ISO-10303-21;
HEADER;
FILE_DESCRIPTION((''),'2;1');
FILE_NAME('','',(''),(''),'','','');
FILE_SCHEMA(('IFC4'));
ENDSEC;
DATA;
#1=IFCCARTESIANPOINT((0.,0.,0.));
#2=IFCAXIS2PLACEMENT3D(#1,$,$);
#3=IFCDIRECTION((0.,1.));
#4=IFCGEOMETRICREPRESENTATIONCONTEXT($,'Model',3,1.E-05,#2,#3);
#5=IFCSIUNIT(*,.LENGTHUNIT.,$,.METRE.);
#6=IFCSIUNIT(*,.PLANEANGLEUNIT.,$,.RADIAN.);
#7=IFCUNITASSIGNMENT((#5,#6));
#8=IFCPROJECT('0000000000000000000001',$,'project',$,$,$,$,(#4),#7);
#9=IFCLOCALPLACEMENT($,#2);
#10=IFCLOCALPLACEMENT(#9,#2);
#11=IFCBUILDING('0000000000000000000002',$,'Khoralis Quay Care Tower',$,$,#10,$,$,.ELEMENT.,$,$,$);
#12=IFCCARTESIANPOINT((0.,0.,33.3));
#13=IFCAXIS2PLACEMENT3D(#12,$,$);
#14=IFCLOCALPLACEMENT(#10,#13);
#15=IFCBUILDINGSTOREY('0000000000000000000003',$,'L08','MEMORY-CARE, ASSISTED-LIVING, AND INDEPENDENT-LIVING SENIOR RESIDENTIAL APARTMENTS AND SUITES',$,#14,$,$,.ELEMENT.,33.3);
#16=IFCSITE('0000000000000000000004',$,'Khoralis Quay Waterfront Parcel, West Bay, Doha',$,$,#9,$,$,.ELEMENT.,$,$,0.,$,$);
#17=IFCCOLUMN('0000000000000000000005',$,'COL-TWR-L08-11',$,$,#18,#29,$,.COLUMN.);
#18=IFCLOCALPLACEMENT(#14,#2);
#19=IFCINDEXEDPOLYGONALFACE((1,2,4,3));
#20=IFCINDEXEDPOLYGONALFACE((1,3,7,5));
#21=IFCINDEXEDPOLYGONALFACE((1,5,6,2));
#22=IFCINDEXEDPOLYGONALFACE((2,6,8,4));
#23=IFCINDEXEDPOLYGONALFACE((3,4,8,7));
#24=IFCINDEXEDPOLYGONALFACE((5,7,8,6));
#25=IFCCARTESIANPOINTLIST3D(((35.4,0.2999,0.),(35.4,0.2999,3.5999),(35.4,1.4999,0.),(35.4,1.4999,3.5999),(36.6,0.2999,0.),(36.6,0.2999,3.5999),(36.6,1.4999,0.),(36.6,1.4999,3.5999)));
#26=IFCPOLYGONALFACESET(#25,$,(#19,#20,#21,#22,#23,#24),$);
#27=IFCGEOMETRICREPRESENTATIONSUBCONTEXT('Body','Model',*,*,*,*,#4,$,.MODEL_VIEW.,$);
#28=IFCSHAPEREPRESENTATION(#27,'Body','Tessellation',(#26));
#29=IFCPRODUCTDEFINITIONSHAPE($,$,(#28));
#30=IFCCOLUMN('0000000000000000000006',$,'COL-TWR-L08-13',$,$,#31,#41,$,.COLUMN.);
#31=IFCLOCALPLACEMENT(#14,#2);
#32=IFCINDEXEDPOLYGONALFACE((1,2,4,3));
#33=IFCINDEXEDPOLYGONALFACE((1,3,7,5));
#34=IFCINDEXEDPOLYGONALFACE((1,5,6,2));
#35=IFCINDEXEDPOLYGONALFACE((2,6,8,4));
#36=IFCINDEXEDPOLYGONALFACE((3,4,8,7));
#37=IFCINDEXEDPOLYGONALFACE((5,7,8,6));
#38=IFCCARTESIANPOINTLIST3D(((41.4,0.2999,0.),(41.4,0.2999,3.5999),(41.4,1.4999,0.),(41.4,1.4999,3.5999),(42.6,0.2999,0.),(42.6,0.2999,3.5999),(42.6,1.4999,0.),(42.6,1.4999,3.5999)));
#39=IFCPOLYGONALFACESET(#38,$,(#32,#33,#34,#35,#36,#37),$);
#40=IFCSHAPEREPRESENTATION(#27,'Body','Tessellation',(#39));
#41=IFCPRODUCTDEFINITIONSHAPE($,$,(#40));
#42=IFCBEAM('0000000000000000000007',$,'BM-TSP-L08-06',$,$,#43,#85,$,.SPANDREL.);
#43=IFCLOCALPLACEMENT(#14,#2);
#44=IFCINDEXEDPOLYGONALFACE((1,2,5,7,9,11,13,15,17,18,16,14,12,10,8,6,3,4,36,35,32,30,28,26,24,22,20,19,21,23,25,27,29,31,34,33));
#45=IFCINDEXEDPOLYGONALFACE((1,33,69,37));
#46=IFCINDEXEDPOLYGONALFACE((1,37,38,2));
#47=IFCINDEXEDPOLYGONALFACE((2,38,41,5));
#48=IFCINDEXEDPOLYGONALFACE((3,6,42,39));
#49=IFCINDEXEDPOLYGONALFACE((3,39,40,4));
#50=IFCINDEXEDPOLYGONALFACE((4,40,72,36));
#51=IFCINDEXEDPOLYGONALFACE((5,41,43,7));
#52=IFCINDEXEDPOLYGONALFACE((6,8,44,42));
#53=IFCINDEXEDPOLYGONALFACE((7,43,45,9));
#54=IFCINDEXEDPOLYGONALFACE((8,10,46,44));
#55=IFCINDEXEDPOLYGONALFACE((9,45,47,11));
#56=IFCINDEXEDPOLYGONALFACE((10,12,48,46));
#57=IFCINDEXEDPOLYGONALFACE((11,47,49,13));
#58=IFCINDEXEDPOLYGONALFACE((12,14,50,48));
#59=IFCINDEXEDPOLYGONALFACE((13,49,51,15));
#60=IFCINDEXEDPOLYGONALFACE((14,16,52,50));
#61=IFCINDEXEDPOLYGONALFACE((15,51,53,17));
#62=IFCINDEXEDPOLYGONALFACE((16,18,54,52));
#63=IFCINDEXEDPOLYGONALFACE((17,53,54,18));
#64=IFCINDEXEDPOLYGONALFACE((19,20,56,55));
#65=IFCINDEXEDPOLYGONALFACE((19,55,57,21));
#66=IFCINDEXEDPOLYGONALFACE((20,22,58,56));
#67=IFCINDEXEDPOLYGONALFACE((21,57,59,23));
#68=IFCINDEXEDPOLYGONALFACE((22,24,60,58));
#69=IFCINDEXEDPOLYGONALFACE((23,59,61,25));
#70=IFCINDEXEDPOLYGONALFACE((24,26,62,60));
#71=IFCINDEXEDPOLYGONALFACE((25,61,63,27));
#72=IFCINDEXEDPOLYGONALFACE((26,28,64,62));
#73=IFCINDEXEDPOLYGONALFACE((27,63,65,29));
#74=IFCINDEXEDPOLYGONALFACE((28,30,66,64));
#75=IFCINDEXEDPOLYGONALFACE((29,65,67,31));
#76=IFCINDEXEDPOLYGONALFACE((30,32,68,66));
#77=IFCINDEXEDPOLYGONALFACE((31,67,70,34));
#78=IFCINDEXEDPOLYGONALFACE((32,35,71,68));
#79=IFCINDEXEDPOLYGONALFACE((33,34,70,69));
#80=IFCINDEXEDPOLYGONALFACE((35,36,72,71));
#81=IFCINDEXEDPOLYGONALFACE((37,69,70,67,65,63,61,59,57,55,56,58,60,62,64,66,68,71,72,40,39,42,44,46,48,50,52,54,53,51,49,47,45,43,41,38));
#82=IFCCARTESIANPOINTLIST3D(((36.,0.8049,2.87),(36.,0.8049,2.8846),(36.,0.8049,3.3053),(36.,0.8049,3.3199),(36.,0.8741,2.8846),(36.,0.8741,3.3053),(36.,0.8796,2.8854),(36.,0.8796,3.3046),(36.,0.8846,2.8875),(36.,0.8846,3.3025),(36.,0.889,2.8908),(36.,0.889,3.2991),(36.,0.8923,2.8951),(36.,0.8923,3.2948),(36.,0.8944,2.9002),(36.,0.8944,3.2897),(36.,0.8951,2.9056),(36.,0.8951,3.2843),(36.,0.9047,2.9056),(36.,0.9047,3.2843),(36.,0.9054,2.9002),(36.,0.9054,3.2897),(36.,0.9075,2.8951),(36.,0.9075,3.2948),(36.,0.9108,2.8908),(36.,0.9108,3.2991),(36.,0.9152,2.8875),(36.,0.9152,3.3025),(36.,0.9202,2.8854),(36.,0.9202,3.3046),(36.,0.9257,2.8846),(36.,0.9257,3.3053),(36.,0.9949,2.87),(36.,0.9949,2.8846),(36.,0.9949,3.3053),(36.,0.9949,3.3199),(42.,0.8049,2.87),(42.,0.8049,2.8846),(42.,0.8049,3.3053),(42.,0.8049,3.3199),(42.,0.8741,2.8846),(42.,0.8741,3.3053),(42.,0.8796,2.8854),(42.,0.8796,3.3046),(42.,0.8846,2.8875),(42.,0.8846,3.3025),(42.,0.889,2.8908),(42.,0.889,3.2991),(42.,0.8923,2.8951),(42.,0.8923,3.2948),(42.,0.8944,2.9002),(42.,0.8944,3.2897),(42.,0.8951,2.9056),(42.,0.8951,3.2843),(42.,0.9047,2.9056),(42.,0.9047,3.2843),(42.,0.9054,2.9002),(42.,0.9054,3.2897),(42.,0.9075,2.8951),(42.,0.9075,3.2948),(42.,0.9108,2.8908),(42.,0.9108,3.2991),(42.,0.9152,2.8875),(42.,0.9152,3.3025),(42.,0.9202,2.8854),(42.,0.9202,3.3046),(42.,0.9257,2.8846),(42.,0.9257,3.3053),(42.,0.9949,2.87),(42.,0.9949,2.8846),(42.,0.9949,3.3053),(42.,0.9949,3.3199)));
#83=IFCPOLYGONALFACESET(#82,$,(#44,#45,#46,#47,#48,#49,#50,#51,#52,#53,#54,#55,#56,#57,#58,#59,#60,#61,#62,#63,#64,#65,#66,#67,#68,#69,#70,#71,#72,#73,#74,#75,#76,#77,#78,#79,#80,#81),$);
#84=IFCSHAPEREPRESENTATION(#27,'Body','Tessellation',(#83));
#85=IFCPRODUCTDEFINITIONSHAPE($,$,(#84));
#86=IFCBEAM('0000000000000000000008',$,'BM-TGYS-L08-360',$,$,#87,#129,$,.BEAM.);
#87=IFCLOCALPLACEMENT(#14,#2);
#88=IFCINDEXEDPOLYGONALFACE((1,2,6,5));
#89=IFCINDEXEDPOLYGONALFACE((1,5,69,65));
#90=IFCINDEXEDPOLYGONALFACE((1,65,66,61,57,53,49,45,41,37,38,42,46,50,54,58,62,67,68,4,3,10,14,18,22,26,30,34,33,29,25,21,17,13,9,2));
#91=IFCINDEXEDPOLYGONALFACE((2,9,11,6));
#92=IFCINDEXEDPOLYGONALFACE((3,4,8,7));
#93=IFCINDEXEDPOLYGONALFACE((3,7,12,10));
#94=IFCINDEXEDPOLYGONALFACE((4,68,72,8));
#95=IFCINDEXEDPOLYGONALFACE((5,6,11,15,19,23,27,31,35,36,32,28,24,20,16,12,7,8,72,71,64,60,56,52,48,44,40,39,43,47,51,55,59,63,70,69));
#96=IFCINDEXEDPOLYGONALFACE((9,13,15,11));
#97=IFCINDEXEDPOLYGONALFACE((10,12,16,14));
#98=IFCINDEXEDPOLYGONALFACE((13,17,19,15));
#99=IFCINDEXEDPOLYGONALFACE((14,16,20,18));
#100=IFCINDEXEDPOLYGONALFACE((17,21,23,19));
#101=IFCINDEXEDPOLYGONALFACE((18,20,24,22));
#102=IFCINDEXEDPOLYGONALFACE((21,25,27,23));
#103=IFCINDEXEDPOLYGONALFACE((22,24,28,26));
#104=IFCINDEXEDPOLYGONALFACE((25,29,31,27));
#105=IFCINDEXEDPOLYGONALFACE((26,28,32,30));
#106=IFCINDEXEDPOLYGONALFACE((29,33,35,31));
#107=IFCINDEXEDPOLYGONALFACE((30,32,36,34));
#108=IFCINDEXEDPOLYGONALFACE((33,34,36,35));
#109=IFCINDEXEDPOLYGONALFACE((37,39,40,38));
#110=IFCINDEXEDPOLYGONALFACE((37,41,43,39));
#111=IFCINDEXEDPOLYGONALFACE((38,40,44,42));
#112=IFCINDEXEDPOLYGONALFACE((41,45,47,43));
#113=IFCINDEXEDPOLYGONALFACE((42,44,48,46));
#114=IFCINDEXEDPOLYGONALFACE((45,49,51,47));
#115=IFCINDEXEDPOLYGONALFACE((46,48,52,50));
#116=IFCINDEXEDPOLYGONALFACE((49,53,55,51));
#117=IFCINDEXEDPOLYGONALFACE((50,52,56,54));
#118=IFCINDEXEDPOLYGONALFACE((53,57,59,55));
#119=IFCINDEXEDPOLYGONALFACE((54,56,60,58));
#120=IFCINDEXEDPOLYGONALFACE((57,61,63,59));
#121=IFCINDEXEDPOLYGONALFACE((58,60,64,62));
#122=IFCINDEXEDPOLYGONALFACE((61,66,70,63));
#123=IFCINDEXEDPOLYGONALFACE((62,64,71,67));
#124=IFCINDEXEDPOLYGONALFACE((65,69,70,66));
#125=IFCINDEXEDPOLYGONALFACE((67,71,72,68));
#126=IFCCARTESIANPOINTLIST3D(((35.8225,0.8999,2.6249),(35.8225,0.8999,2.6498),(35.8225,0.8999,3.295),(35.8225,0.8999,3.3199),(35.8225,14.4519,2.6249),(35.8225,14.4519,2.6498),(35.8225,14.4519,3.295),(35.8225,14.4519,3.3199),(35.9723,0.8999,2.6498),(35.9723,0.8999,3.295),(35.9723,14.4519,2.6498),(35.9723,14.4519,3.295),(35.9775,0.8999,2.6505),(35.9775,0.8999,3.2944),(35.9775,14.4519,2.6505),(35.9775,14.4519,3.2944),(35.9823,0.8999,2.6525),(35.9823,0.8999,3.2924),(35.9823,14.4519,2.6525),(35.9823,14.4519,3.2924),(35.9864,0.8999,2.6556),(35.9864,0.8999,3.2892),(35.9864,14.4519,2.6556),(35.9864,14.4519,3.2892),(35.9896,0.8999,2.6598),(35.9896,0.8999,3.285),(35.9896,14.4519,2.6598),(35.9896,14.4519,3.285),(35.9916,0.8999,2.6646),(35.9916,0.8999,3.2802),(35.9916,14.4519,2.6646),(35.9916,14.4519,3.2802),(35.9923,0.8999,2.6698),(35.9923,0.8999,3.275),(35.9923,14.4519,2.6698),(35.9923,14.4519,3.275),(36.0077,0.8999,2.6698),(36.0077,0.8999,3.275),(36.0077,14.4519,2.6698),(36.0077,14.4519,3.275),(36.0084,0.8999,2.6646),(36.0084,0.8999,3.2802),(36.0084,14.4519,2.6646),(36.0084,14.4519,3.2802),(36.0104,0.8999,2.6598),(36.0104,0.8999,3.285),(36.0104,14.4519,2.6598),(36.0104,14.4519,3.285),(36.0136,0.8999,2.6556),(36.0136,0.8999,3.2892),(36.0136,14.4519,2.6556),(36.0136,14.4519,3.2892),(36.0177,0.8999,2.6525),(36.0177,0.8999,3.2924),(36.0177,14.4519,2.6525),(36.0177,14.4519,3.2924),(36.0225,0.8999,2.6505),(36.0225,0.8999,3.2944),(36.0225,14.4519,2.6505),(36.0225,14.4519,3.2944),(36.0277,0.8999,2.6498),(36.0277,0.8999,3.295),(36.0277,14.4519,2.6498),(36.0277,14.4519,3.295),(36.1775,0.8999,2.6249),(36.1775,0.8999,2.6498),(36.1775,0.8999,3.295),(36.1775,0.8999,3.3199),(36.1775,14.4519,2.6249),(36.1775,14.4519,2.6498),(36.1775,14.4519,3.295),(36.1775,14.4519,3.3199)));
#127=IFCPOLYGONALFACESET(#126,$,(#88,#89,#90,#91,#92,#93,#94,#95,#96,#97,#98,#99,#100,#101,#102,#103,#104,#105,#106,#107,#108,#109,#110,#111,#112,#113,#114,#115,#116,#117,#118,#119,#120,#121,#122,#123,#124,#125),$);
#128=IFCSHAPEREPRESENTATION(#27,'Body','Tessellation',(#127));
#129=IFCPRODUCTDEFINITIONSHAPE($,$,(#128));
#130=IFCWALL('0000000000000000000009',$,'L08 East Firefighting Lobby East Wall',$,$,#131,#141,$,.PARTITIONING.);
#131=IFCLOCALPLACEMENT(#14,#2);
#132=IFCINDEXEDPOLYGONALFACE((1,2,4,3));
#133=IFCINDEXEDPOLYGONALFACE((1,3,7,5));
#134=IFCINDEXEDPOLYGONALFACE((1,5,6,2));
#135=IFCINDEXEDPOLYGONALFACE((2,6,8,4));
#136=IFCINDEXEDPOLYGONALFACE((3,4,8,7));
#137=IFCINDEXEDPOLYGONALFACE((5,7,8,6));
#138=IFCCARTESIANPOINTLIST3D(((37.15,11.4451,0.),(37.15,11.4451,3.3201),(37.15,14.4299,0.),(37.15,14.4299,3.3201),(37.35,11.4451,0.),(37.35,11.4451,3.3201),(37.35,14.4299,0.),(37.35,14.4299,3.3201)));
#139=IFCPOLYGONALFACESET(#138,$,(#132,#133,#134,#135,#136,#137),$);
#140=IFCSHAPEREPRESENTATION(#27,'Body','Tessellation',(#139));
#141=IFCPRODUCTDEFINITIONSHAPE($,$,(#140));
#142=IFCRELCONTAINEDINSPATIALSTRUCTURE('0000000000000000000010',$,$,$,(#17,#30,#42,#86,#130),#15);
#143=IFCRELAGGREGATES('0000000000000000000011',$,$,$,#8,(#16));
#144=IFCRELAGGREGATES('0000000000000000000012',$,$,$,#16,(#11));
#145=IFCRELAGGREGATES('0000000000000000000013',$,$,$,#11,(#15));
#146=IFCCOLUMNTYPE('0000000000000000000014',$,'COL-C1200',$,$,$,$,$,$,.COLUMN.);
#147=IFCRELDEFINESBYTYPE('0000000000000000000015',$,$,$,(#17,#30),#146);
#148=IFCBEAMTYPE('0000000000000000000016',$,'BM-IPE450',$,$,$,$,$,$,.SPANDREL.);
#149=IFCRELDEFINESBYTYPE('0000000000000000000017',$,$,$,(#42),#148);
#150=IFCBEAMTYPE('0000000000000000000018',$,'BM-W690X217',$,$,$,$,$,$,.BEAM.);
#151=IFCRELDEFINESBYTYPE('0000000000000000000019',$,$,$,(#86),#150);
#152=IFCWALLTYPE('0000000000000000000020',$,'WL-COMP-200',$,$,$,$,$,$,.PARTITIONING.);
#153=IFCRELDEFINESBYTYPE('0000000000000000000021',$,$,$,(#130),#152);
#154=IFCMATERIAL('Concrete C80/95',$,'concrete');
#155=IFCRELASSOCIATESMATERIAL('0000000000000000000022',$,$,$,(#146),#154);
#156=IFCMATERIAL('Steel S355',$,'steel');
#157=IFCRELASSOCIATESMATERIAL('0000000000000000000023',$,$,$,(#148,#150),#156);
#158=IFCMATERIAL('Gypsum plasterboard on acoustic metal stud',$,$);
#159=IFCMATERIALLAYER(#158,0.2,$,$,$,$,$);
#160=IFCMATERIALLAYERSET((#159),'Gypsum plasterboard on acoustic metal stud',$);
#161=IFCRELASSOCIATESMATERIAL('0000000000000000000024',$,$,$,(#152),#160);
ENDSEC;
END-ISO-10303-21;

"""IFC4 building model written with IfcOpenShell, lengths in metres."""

from ifc_helpers import new_model, si_unit, direction, frame, frame_2d, origin, origin_2d, place, context, subcontext, project, spatial, rectangle, i_section, extrude, source, transform, mapped, material, layer, layer_set, material_profile, profile_set, type_object, element, save


model = new_model("IFC4")

# Units and contexts
model_context = context("Model", 3, precision=1e-05, world=origin(), true_north=direction((0.0, 1.0)))
body_context = subcontext(model_context, "Body", "Model", "MODEL_VIEW")
ifc_project = project(units=[si_unit("LENGTHUNIT", "METRE"), si_unit("PLANEANGLEUNIT", "RADIAN")], contexts=[model_context])

# Site, building, storey
site_placement = place(None, origin())
site = spatial("IfcSite", under=ifc_project, at=site_placement, Name="Khoralis Quay Waterfront Parcel, West Bay, Doha", CompositionType="ELEMENT", RefElevation=0.0)
building_placement = place(site_placement, origin())
building = spatial("IfcBuilding", under=site, at=building_placement, Name="Khoralis Quay Care Tower", CompositionType="ELEMENT")
storey_placement = place(building_placement, frame((0.0, 0.0, 33.3)))
storey = spatial("IfcBuildingStorey", under=building, at=storey_placement, Name="L08", Description="MEMORY-CARE, ASSISTED-LIVING, AND INDEPENDENT-LIVING SENIOR RESIDENTIAL APARTMENTS AND SUITES", CompositionType="ELEMENT", Elevation=33.3)

# Columns
ifc_material_1 = material(Name="Concrete C80/95", Category="concrete")
ifc_material_profile_1 = material_profile(ifc_material_1, rectangle(XDim=1.2, YDim=1.2, at=origin_2d()), Name="Concrete C80/95")
ifc_profile_set_1 = profile_set([ifc_material_profile_1], Name="Concrete C80/95")
column_type = type_object("IfcColumnType", Name="COL-C1200", PredefinedType="COLUMN", material=ifc_profile_set_1)
shared_shape_1 = source(origin(), body_context, "Body", "SweptSolid", [
    extrude(rectangle(XDim=1.2, YDim=1.2, at=origin_2d()), origin(), (0.0, 0.0, 1.0), 3.5999),
])
for number, where, z_axis, x_axis, name in (
    (1, (36.0, 0.8999, 0.0), (0.0, 0.0, 1.0), (1.0, 0.0, 0.0), "COL-TWR-L08-11"),
    (2, (42.0, 0.8999, 0.0), (0.0, 0.0, 1.0), (1.0, 0.0, 0.0), "COL-TWR-L08-13"),
):
    element("IfcColumn", number, at=place(storey_placement, frame(where, z_axis=z_axis, x_axis=x_axis)), inside=storey, type_object=column_type, Name=name, PredefinedType="COLUMN", context=body_context, shape_type="MappedRepresentation", body=[
        mapped(shared_shape_1, transform((0.0, 0.0, 0.0), scale=1.0)),
    ])

# Beams
ifc_material_2 = material(Name="Steel S355", Category="steel")
ifc_material_profile_2 = material_profile(ifc_material_2, i_section(OverallWidth=0.1899, OverallDepth=0.45, WebThickness=0.0095, FlangeThickness=0.0146, FilletRadius=0.021, at=origin_2d()), Name="Steel S355")
ifc_profile_set_2 = profile_set([ifc_material_profile_2], Name="Steel S355")
beam_type_1 = type_object("IfcBeamType", Name="BM-IPE450", PredefinedType="SPANDREL", material=ifc_profile_set_2)
shared_shape_2 = source(origin(), body_context, "Body", "SweptSolid", [
    extrude(i_section(OverallWidth=0.1899, OverallDepth=0.45, WebThickness=0.0095, FlangeThickness=0.0146, FilletRadius=0.021, at=origin_2d()), origin(), (0.0, 0.0, 1.0), 6.0),
])
beam_1_placement = place(storey_placement, frame((36.0, 0.8999, 3.095), z_axis=(1.0, 0.0, 0.0), x_axis=(0.0, 1.0, 0.0)))
element("IfcBeam", 3, at=beam_1_placement, inside=storey, type_object=beam_type_1, Name="BM-TSP-L08-06", PredefinedType="SPANDREL", context=body_context, shape_type="MappedRepresentation", body=[
    mapped(shared_shape_2, transform((0.0, 0.0, 0.0), scale=1.0)),
])
ifc_material_profile_3 = material_profile(ifc_material_2, i_section(OverallWidth=0.355, OverallDepth=0.6951, WebThickness=0.0154, FlangeThickness=0.0249, FilletRadius=0.02, at=origin_2d()), Name="Steel S355")
ifc_profile_set_3 = profile_set([ifc_material_profile_3], Name="Steel S355")
beam_type_2 = type_object("IfcBeamType", Name="BM-W690X217", PredefinedType="BEAM", material=ifc_profile_set_3)
shared_shape_3 = source(origin(), body_context, "Body", "SweptSolid", [
    extrude(i_section(OverallWidth=0.355, OverallDepth=0.6951, WebThickness=0.0154, FlangeThickness=0.0249, FilletRadius=0.02, at=origin_2d()), origin(), (0.0, 0.0, 1.0), 13.552),
])
beam_2_placement = place(storey_placement, frame((36.0, 0.8999, 2.9724), z_axis=(0.0, 1.0, 0.0), x_axis=(-1.0, 0.0, 0.0)))
element("IfcBeam", 4, at=beam_2_placement, inside=storey, type_object=beam_type_2, Name="BM-TGYS-L08-360", PredefinedType="BEAM", context=body_context, shape_type="MappedRepresentation", body=[
    mapped(shared_shape_3, transform((0.0, 0.0, 0.0), scale=1.0)),
])

# Wall
ifc_material_3 = material(Name="Gypsum plasterboard on acoustic metal stud")
ifc_layer_1 = layer(ifc_material_3, 0.2)
ifc_layer_set_1 = layer_set([ifc_layer_1], Name="Gypsum plasterboard on acoustic metal stud")
wall_type_1 = type_object("IfcWallType", Name="WL-COMP-200", PredefinedType="PARTITIONING", material=ifc_layer_set_1)
wall_1_placement = place(storey_placement, frame((37.25, 11.4451, 0.0), z_axis=(0.0, 0.0, 1.0), x_axis=(0.0, 1.0, 0.0)))
element("IfcWall", 5, at=wall_1_placement, inside=storey, type_object=wall_type_1, Name="L08 East Firefighting Lobby East Wall", PredefinedType="PARTITIONING", context=body_context, shape_type="SweptSolid", body=[
    extrude(rectangle(XDim=2.9849, YDim=0.2, at=frame_2d((1.4924, 0.0))), origin(), (0.0, 0.0, 1.0), 3.3201),
])

save(model, "model.ifc")
